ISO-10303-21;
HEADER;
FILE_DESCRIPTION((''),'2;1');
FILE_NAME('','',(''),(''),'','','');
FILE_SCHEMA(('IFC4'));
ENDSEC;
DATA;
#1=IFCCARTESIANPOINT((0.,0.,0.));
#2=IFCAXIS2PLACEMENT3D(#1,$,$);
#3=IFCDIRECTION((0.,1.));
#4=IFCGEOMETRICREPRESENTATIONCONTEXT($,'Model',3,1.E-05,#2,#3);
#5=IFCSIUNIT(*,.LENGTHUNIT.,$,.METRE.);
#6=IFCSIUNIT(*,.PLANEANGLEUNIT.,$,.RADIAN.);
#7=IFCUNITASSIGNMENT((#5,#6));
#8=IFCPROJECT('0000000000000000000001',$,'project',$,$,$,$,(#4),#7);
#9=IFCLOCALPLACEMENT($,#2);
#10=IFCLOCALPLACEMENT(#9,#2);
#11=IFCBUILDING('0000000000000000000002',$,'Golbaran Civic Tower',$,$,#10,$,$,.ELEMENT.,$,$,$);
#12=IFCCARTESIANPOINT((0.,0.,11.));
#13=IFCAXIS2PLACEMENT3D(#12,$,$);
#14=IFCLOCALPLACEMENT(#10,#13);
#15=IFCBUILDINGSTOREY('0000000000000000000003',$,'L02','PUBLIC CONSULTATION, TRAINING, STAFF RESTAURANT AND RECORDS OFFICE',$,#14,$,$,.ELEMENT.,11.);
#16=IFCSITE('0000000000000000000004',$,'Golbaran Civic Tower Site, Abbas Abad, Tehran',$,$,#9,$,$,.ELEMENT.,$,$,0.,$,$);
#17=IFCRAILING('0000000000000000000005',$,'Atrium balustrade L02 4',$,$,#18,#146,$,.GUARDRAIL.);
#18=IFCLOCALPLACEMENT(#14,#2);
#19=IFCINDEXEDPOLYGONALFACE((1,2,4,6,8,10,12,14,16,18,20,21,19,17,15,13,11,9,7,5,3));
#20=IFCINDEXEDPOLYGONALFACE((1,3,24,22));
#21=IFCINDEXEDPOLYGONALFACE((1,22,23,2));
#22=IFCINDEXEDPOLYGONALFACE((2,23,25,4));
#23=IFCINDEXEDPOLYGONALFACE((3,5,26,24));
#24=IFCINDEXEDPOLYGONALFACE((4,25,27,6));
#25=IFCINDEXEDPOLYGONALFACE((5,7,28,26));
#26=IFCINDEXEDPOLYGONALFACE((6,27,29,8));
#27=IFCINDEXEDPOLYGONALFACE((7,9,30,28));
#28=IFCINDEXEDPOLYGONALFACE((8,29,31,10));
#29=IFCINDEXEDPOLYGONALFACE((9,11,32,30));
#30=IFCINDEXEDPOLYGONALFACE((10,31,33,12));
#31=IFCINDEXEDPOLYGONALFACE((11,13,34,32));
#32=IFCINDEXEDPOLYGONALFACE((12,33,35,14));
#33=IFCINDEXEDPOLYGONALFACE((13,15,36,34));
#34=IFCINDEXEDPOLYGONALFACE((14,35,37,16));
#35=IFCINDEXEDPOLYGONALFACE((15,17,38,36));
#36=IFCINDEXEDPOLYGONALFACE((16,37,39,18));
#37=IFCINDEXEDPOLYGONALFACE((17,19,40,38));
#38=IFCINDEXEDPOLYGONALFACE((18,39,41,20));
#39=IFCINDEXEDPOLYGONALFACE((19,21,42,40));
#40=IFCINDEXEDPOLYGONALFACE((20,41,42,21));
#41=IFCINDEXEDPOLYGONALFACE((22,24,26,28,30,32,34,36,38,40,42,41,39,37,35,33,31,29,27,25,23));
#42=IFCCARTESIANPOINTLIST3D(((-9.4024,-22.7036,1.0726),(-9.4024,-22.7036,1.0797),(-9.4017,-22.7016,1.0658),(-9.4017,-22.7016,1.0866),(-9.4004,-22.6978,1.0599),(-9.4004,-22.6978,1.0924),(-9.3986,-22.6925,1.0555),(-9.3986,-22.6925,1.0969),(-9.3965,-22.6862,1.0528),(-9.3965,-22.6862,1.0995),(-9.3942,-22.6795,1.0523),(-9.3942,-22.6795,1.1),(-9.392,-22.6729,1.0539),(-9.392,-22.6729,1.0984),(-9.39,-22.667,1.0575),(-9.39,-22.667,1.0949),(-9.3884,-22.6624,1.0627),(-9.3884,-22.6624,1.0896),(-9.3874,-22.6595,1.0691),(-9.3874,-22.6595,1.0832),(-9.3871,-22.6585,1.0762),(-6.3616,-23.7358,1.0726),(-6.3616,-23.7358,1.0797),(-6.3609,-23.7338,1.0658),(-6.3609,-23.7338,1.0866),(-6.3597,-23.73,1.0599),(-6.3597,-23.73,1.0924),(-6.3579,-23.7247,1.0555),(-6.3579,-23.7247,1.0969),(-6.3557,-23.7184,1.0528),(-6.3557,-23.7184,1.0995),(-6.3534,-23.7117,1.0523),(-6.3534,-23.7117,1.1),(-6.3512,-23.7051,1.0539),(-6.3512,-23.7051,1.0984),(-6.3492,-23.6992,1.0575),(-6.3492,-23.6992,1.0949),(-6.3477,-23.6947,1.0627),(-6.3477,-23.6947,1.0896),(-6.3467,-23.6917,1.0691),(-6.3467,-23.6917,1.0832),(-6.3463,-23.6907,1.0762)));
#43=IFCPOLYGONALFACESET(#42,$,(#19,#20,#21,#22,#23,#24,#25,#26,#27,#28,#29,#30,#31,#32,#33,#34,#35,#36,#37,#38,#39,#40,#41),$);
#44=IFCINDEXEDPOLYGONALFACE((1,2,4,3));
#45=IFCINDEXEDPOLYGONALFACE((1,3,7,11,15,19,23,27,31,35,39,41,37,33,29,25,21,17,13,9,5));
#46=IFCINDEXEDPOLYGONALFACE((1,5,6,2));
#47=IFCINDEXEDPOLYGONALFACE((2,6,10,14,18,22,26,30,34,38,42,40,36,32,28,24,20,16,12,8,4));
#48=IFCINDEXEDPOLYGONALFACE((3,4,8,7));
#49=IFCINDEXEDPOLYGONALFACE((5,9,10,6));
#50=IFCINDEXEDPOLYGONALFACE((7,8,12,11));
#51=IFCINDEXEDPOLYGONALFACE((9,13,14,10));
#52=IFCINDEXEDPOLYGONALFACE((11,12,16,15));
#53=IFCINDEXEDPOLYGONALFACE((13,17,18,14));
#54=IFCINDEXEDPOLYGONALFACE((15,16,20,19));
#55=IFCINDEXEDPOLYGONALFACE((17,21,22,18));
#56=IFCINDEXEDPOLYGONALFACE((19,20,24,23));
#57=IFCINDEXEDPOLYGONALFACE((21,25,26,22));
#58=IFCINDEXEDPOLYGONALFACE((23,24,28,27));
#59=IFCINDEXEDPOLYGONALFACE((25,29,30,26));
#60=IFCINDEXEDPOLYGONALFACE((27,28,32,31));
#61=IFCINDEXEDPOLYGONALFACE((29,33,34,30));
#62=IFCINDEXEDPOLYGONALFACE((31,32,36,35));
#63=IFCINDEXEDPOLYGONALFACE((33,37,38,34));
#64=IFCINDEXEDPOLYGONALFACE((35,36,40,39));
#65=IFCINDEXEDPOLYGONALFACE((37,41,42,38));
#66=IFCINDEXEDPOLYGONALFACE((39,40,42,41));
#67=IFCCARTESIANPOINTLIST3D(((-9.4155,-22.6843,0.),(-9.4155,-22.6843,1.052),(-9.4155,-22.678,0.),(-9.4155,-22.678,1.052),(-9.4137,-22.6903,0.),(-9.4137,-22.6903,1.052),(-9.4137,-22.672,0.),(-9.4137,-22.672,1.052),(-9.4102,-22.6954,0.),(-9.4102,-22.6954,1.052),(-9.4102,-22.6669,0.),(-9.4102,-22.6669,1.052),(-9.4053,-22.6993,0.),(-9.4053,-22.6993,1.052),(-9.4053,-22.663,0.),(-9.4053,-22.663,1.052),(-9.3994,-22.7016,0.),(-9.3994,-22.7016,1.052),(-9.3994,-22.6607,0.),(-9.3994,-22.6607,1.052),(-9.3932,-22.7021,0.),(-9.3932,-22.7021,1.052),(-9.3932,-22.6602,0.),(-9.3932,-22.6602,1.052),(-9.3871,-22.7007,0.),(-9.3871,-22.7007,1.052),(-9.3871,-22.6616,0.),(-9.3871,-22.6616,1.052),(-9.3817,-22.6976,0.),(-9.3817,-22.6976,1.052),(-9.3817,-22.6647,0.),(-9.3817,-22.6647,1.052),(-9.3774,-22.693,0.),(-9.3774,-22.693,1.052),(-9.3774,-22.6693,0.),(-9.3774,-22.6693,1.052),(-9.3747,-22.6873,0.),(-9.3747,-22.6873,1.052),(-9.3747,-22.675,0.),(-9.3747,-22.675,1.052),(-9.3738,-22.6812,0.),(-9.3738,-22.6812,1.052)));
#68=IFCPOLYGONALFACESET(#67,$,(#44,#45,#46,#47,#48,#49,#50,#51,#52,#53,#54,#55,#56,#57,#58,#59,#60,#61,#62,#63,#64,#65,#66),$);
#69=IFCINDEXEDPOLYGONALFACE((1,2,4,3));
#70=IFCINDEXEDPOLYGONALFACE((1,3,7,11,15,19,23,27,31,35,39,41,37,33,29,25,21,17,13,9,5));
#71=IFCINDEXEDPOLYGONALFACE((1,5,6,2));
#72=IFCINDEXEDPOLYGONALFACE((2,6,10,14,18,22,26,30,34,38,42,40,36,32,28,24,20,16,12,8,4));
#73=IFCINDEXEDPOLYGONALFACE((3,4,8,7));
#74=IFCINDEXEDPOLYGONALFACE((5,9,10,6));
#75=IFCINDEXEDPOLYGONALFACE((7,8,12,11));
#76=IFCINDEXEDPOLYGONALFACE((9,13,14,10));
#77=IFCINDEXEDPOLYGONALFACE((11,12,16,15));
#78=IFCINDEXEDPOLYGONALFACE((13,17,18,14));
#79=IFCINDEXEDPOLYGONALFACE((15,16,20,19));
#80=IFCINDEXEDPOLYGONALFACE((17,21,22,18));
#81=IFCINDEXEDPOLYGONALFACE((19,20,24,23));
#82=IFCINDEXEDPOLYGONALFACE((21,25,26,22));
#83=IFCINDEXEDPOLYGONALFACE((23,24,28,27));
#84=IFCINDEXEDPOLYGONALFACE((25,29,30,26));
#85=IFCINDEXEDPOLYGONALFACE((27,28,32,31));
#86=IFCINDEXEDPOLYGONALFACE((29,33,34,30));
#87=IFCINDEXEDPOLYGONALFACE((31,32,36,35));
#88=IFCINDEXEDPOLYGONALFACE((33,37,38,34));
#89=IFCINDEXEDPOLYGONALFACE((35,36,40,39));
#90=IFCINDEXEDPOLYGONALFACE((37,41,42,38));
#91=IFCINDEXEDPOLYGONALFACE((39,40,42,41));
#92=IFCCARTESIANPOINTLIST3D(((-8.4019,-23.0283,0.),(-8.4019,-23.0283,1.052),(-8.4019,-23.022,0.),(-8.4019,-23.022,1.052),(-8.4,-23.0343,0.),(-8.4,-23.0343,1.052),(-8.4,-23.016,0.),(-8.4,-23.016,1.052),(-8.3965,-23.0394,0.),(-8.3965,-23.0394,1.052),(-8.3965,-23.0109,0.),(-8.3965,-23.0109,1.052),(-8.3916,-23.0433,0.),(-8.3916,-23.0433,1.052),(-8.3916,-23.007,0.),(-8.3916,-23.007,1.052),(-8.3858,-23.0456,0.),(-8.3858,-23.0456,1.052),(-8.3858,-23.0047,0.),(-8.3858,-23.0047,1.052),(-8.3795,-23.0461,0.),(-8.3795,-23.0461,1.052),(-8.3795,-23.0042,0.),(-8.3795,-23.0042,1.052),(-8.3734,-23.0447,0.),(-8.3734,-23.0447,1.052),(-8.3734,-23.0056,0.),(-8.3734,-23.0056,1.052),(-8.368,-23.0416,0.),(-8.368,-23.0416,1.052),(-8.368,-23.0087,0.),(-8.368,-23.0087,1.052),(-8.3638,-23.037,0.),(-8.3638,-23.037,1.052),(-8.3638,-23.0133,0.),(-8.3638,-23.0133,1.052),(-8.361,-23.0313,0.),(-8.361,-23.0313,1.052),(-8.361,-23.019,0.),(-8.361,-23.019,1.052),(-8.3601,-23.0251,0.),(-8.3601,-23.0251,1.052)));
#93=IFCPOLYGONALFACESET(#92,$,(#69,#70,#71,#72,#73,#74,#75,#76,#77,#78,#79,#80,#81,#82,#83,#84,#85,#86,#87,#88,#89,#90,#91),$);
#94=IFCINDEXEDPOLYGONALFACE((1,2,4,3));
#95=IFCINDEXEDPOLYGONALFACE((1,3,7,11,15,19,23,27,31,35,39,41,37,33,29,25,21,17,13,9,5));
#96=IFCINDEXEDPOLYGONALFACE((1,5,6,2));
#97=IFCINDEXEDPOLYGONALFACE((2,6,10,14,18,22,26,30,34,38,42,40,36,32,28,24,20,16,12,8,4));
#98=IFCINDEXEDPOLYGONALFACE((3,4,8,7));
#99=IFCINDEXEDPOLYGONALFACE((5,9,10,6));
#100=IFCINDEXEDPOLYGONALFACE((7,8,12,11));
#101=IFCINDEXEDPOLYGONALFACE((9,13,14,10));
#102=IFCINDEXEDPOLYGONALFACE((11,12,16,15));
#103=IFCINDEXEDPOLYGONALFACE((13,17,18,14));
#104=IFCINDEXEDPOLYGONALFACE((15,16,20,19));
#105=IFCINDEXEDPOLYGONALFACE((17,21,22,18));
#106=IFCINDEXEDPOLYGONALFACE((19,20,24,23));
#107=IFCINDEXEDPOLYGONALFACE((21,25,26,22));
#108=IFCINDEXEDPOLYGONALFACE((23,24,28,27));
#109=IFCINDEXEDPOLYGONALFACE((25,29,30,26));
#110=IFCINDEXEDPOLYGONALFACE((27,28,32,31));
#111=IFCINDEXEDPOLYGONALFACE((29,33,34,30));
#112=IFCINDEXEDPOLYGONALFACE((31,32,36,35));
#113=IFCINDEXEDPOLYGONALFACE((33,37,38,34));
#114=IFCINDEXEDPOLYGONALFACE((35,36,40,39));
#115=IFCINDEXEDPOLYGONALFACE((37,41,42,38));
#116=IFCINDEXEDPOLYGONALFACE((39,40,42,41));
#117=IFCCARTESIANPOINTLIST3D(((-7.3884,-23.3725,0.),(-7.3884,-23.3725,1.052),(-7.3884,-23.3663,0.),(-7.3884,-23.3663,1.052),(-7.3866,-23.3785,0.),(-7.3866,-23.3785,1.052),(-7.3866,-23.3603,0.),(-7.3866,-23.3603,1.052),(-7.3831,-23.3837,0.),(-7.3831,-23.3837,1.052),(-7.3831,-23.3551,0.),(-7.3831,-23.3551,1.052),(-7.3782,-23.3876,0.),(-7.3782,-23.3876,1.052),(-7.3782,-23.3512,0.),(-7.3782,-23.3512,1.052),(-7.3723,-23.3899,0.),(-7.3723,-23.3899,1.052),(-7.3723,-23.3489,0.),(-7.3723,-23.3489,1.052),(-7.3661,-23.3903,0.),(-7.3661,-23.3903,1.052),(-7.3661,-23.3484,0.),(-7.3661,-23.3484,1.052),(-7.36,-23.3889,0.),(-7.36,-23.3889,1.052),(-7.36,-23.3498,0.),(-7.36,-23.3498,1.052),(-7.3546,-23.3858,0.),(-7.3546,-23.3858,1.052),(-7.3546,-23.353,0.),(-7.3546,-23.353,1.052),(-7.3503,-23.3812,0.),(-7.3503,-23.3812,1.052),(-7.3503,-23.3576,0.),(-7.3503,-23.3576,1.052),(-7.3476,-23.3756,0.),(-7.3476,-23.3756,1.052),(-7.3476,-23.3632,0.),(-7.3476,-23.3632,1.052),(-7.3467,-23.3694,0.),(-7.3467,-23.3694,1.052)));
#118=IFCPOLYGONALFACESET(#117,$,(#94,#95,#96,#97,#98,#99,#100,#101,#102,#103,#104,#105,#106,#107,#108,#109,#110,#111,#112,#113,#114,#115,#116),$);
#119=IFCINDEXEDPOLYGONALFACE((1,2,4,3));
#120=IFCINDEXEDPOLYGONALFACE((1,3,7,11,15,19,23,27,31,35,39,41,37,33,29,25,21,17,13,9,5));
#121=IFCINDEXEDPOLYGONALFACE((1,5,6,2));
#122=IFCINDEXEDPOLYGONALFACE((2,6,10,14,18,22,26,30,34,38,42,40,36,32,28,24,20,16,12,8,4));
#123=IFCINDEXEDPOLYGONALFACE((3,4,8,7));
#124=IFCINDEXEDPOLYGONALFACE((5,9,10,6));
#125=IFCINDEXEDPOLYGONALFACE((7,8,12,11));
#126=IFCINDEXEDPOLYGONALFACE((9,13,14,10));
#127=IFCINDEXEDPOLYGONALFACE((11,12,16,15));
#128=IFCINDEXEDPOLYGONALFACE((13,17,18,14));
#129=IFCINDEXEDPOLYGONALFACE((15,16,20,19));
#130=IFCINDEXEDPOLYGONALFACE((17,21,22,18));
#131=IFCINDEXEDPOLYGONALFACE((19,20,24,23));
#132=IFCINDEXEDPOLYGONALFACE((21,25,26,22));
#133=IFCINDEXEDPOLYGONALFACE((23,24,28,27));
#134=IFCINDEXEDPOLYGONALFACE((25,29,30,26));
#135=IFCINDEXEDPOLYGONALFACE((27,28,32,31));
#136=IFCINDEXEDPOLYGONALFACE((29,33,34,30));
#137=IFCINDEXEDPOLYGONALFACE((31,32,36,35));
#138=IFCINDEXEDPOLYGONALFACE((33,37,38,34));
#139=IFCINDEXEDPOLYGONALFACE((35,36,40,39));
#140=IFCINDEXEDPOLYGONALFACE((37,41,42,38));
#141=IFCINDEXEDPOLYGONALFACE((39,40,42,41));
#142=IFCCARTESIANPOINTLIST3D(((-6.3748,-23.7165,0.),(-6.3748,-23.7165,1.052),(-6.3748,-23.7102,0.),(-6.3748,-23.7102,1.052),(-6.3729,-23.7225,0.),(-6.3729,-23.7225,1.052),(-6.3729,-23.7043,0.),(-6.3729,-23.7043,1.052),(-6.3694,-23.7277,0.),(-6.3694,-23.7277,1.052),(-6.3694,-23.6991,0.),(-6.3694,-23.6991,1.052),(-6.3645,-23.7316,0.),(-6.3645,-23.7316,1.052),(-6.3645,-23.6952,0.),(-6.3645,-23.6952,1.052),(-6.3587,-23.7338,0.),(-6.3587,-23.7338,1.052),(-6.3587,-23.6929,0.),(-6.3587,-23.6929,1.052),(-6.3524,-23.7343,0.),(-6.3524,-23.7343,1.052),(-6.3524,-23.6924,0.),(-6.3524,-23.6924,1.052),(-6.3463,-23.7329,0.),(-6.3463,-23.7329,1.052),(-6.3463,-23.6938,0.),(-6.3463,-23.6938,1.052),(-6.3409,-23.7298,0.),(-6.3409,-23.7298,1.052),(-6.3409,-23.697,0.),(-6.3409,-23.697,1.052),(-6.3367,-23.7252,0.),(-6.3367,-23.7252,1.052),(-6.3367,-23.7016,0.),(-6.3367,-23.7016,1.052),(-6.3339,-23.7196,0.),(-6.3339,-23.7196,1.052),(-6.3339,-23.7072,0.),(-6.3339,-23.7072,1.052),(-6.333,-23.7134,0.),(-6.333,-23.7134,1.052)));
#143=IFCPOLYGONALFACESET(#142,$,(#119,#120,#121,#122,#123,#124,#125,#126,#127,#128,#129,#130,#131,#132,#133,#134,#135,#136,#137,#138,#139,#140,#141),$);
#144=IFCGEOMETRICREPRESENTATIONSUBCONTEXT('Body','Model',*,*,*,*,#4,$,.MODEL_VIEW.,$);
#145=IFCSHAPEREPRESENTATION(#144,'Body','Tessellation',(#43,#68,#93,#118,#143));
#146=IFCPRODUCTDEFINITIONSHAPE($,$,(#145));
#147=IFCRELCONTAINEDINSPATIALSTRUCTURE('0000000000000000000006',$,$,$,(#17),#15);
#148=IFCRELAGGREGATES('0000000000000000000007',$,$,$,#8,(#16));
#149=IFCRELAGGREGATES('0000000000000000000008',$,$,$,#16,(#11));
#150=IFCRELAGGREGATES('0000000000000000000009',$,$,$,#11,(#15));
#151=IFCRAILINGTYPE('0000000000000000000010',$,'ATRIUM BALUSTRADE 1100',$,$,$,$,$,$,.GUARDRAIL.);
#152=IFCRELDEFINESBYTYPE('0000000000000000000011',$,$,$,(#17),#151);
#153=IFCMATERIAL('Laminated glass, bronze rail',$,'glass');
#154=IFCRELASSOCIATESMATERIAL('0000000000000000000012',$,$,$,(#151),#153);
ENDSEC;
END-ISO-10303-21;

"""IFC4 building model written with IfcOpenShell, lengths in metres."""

from ifc_helpers import new_model, si_unit, direction, frame, origin, origin_2d, place, context, subcontext, project, spatial, circle, extrude, material, type_object, element, save


model = new_model("IFC4")

# Units and contexts
model_context = context("Model", 3, precision=1e-05, world=origin(), true_north=direction((0.0, 1.0)))
body_context = subcontext(model_context, "Body", "Model", "MODEL_VIEW")
ifc_project = project(units=[si_unit("LENGTHUNIT", "METRE"), si_unit("PLANEANGLEUNIT", "RADIAN")], contexts=[model_context])

# Site, building, storey
site_placement = place(None, origin())
site = spatial("IfcSite", under=ifc_project, at=site_placement, Name="Golbaran Civic Tower Site, Abbas Abad, Tehran", CompositionType="ELEMENT", RefElevation=0.0)
building_placement = place(site_placement, origin())
building = spatial("IfcBuilding", under=site, at=building_placement, Name="Golbaran Civic Tower", CompositionType="ELEMENT")
storey_placement = place(building_placement, frame((0.0, 0.0, 11.0)))
storey = spatial("IfcBuildingStorey", under=building, at=storey_placement, Name="L02", Description="PUBLIC CONSULTATION, TRAINING, STAFF RESTAURANT AND RECORDS OFFICE", CompositionType="ELEMENT", Elevation=11.0)

# Railing
ifc_material_1 = material(Name="Laminated glass, bronze rail", Category="glass")
railing_type_1 = type_object("IfcRailingType", Name="ATRIUM BALUSTRADE 1100", PredefinedType="GUARDRAIL", material=ifc_material_1)
railing_1_placement = place(storey_placement, frame((-9.3948, -22.6812, 0.0)))
element("IfcRailing", 1, at=railing_1_placement, inside=storey, type_object=railing_type_1, Name="Atrium balustrade L02 4", PredefinedType="GUARDRAIL", context=body_context, shape_type="SweptSolid", body=[
    extrude(circle(Radius=0.0239, at=origin_2d()), frame((0.0, 0.0, 1.0762), z_axis=(0.946928, -0.321446, 0.0), x_axis=(0.321446, 0.946928, 0.0)), (0.0, 0.0, 1.0), 3.2112),
    extrude(circle(Radius=0.021, at=origin_2d()), origin(), (0.0, 0.0, 1.0), 1.052),
    extrude(circle(Radius=0.021, at=origin_2d()), frame((1.0137, -0.344, 0.0)), (0.0, 0.0, 1.0), 1.052),
    extrude(circle(Radius=0.021, at=origin_2d()), frame((2.0271, -0.6882, 0.0)), (0.0, 0.0, 1.0), 1.052),
    extrude(circle(Radius=0.021, at=origin_2d()), frame((3.0408, -1.0322, 0.0)), (0.0, 0.0, 1.0), 1.052),
])

save(model, "model.ifc")
